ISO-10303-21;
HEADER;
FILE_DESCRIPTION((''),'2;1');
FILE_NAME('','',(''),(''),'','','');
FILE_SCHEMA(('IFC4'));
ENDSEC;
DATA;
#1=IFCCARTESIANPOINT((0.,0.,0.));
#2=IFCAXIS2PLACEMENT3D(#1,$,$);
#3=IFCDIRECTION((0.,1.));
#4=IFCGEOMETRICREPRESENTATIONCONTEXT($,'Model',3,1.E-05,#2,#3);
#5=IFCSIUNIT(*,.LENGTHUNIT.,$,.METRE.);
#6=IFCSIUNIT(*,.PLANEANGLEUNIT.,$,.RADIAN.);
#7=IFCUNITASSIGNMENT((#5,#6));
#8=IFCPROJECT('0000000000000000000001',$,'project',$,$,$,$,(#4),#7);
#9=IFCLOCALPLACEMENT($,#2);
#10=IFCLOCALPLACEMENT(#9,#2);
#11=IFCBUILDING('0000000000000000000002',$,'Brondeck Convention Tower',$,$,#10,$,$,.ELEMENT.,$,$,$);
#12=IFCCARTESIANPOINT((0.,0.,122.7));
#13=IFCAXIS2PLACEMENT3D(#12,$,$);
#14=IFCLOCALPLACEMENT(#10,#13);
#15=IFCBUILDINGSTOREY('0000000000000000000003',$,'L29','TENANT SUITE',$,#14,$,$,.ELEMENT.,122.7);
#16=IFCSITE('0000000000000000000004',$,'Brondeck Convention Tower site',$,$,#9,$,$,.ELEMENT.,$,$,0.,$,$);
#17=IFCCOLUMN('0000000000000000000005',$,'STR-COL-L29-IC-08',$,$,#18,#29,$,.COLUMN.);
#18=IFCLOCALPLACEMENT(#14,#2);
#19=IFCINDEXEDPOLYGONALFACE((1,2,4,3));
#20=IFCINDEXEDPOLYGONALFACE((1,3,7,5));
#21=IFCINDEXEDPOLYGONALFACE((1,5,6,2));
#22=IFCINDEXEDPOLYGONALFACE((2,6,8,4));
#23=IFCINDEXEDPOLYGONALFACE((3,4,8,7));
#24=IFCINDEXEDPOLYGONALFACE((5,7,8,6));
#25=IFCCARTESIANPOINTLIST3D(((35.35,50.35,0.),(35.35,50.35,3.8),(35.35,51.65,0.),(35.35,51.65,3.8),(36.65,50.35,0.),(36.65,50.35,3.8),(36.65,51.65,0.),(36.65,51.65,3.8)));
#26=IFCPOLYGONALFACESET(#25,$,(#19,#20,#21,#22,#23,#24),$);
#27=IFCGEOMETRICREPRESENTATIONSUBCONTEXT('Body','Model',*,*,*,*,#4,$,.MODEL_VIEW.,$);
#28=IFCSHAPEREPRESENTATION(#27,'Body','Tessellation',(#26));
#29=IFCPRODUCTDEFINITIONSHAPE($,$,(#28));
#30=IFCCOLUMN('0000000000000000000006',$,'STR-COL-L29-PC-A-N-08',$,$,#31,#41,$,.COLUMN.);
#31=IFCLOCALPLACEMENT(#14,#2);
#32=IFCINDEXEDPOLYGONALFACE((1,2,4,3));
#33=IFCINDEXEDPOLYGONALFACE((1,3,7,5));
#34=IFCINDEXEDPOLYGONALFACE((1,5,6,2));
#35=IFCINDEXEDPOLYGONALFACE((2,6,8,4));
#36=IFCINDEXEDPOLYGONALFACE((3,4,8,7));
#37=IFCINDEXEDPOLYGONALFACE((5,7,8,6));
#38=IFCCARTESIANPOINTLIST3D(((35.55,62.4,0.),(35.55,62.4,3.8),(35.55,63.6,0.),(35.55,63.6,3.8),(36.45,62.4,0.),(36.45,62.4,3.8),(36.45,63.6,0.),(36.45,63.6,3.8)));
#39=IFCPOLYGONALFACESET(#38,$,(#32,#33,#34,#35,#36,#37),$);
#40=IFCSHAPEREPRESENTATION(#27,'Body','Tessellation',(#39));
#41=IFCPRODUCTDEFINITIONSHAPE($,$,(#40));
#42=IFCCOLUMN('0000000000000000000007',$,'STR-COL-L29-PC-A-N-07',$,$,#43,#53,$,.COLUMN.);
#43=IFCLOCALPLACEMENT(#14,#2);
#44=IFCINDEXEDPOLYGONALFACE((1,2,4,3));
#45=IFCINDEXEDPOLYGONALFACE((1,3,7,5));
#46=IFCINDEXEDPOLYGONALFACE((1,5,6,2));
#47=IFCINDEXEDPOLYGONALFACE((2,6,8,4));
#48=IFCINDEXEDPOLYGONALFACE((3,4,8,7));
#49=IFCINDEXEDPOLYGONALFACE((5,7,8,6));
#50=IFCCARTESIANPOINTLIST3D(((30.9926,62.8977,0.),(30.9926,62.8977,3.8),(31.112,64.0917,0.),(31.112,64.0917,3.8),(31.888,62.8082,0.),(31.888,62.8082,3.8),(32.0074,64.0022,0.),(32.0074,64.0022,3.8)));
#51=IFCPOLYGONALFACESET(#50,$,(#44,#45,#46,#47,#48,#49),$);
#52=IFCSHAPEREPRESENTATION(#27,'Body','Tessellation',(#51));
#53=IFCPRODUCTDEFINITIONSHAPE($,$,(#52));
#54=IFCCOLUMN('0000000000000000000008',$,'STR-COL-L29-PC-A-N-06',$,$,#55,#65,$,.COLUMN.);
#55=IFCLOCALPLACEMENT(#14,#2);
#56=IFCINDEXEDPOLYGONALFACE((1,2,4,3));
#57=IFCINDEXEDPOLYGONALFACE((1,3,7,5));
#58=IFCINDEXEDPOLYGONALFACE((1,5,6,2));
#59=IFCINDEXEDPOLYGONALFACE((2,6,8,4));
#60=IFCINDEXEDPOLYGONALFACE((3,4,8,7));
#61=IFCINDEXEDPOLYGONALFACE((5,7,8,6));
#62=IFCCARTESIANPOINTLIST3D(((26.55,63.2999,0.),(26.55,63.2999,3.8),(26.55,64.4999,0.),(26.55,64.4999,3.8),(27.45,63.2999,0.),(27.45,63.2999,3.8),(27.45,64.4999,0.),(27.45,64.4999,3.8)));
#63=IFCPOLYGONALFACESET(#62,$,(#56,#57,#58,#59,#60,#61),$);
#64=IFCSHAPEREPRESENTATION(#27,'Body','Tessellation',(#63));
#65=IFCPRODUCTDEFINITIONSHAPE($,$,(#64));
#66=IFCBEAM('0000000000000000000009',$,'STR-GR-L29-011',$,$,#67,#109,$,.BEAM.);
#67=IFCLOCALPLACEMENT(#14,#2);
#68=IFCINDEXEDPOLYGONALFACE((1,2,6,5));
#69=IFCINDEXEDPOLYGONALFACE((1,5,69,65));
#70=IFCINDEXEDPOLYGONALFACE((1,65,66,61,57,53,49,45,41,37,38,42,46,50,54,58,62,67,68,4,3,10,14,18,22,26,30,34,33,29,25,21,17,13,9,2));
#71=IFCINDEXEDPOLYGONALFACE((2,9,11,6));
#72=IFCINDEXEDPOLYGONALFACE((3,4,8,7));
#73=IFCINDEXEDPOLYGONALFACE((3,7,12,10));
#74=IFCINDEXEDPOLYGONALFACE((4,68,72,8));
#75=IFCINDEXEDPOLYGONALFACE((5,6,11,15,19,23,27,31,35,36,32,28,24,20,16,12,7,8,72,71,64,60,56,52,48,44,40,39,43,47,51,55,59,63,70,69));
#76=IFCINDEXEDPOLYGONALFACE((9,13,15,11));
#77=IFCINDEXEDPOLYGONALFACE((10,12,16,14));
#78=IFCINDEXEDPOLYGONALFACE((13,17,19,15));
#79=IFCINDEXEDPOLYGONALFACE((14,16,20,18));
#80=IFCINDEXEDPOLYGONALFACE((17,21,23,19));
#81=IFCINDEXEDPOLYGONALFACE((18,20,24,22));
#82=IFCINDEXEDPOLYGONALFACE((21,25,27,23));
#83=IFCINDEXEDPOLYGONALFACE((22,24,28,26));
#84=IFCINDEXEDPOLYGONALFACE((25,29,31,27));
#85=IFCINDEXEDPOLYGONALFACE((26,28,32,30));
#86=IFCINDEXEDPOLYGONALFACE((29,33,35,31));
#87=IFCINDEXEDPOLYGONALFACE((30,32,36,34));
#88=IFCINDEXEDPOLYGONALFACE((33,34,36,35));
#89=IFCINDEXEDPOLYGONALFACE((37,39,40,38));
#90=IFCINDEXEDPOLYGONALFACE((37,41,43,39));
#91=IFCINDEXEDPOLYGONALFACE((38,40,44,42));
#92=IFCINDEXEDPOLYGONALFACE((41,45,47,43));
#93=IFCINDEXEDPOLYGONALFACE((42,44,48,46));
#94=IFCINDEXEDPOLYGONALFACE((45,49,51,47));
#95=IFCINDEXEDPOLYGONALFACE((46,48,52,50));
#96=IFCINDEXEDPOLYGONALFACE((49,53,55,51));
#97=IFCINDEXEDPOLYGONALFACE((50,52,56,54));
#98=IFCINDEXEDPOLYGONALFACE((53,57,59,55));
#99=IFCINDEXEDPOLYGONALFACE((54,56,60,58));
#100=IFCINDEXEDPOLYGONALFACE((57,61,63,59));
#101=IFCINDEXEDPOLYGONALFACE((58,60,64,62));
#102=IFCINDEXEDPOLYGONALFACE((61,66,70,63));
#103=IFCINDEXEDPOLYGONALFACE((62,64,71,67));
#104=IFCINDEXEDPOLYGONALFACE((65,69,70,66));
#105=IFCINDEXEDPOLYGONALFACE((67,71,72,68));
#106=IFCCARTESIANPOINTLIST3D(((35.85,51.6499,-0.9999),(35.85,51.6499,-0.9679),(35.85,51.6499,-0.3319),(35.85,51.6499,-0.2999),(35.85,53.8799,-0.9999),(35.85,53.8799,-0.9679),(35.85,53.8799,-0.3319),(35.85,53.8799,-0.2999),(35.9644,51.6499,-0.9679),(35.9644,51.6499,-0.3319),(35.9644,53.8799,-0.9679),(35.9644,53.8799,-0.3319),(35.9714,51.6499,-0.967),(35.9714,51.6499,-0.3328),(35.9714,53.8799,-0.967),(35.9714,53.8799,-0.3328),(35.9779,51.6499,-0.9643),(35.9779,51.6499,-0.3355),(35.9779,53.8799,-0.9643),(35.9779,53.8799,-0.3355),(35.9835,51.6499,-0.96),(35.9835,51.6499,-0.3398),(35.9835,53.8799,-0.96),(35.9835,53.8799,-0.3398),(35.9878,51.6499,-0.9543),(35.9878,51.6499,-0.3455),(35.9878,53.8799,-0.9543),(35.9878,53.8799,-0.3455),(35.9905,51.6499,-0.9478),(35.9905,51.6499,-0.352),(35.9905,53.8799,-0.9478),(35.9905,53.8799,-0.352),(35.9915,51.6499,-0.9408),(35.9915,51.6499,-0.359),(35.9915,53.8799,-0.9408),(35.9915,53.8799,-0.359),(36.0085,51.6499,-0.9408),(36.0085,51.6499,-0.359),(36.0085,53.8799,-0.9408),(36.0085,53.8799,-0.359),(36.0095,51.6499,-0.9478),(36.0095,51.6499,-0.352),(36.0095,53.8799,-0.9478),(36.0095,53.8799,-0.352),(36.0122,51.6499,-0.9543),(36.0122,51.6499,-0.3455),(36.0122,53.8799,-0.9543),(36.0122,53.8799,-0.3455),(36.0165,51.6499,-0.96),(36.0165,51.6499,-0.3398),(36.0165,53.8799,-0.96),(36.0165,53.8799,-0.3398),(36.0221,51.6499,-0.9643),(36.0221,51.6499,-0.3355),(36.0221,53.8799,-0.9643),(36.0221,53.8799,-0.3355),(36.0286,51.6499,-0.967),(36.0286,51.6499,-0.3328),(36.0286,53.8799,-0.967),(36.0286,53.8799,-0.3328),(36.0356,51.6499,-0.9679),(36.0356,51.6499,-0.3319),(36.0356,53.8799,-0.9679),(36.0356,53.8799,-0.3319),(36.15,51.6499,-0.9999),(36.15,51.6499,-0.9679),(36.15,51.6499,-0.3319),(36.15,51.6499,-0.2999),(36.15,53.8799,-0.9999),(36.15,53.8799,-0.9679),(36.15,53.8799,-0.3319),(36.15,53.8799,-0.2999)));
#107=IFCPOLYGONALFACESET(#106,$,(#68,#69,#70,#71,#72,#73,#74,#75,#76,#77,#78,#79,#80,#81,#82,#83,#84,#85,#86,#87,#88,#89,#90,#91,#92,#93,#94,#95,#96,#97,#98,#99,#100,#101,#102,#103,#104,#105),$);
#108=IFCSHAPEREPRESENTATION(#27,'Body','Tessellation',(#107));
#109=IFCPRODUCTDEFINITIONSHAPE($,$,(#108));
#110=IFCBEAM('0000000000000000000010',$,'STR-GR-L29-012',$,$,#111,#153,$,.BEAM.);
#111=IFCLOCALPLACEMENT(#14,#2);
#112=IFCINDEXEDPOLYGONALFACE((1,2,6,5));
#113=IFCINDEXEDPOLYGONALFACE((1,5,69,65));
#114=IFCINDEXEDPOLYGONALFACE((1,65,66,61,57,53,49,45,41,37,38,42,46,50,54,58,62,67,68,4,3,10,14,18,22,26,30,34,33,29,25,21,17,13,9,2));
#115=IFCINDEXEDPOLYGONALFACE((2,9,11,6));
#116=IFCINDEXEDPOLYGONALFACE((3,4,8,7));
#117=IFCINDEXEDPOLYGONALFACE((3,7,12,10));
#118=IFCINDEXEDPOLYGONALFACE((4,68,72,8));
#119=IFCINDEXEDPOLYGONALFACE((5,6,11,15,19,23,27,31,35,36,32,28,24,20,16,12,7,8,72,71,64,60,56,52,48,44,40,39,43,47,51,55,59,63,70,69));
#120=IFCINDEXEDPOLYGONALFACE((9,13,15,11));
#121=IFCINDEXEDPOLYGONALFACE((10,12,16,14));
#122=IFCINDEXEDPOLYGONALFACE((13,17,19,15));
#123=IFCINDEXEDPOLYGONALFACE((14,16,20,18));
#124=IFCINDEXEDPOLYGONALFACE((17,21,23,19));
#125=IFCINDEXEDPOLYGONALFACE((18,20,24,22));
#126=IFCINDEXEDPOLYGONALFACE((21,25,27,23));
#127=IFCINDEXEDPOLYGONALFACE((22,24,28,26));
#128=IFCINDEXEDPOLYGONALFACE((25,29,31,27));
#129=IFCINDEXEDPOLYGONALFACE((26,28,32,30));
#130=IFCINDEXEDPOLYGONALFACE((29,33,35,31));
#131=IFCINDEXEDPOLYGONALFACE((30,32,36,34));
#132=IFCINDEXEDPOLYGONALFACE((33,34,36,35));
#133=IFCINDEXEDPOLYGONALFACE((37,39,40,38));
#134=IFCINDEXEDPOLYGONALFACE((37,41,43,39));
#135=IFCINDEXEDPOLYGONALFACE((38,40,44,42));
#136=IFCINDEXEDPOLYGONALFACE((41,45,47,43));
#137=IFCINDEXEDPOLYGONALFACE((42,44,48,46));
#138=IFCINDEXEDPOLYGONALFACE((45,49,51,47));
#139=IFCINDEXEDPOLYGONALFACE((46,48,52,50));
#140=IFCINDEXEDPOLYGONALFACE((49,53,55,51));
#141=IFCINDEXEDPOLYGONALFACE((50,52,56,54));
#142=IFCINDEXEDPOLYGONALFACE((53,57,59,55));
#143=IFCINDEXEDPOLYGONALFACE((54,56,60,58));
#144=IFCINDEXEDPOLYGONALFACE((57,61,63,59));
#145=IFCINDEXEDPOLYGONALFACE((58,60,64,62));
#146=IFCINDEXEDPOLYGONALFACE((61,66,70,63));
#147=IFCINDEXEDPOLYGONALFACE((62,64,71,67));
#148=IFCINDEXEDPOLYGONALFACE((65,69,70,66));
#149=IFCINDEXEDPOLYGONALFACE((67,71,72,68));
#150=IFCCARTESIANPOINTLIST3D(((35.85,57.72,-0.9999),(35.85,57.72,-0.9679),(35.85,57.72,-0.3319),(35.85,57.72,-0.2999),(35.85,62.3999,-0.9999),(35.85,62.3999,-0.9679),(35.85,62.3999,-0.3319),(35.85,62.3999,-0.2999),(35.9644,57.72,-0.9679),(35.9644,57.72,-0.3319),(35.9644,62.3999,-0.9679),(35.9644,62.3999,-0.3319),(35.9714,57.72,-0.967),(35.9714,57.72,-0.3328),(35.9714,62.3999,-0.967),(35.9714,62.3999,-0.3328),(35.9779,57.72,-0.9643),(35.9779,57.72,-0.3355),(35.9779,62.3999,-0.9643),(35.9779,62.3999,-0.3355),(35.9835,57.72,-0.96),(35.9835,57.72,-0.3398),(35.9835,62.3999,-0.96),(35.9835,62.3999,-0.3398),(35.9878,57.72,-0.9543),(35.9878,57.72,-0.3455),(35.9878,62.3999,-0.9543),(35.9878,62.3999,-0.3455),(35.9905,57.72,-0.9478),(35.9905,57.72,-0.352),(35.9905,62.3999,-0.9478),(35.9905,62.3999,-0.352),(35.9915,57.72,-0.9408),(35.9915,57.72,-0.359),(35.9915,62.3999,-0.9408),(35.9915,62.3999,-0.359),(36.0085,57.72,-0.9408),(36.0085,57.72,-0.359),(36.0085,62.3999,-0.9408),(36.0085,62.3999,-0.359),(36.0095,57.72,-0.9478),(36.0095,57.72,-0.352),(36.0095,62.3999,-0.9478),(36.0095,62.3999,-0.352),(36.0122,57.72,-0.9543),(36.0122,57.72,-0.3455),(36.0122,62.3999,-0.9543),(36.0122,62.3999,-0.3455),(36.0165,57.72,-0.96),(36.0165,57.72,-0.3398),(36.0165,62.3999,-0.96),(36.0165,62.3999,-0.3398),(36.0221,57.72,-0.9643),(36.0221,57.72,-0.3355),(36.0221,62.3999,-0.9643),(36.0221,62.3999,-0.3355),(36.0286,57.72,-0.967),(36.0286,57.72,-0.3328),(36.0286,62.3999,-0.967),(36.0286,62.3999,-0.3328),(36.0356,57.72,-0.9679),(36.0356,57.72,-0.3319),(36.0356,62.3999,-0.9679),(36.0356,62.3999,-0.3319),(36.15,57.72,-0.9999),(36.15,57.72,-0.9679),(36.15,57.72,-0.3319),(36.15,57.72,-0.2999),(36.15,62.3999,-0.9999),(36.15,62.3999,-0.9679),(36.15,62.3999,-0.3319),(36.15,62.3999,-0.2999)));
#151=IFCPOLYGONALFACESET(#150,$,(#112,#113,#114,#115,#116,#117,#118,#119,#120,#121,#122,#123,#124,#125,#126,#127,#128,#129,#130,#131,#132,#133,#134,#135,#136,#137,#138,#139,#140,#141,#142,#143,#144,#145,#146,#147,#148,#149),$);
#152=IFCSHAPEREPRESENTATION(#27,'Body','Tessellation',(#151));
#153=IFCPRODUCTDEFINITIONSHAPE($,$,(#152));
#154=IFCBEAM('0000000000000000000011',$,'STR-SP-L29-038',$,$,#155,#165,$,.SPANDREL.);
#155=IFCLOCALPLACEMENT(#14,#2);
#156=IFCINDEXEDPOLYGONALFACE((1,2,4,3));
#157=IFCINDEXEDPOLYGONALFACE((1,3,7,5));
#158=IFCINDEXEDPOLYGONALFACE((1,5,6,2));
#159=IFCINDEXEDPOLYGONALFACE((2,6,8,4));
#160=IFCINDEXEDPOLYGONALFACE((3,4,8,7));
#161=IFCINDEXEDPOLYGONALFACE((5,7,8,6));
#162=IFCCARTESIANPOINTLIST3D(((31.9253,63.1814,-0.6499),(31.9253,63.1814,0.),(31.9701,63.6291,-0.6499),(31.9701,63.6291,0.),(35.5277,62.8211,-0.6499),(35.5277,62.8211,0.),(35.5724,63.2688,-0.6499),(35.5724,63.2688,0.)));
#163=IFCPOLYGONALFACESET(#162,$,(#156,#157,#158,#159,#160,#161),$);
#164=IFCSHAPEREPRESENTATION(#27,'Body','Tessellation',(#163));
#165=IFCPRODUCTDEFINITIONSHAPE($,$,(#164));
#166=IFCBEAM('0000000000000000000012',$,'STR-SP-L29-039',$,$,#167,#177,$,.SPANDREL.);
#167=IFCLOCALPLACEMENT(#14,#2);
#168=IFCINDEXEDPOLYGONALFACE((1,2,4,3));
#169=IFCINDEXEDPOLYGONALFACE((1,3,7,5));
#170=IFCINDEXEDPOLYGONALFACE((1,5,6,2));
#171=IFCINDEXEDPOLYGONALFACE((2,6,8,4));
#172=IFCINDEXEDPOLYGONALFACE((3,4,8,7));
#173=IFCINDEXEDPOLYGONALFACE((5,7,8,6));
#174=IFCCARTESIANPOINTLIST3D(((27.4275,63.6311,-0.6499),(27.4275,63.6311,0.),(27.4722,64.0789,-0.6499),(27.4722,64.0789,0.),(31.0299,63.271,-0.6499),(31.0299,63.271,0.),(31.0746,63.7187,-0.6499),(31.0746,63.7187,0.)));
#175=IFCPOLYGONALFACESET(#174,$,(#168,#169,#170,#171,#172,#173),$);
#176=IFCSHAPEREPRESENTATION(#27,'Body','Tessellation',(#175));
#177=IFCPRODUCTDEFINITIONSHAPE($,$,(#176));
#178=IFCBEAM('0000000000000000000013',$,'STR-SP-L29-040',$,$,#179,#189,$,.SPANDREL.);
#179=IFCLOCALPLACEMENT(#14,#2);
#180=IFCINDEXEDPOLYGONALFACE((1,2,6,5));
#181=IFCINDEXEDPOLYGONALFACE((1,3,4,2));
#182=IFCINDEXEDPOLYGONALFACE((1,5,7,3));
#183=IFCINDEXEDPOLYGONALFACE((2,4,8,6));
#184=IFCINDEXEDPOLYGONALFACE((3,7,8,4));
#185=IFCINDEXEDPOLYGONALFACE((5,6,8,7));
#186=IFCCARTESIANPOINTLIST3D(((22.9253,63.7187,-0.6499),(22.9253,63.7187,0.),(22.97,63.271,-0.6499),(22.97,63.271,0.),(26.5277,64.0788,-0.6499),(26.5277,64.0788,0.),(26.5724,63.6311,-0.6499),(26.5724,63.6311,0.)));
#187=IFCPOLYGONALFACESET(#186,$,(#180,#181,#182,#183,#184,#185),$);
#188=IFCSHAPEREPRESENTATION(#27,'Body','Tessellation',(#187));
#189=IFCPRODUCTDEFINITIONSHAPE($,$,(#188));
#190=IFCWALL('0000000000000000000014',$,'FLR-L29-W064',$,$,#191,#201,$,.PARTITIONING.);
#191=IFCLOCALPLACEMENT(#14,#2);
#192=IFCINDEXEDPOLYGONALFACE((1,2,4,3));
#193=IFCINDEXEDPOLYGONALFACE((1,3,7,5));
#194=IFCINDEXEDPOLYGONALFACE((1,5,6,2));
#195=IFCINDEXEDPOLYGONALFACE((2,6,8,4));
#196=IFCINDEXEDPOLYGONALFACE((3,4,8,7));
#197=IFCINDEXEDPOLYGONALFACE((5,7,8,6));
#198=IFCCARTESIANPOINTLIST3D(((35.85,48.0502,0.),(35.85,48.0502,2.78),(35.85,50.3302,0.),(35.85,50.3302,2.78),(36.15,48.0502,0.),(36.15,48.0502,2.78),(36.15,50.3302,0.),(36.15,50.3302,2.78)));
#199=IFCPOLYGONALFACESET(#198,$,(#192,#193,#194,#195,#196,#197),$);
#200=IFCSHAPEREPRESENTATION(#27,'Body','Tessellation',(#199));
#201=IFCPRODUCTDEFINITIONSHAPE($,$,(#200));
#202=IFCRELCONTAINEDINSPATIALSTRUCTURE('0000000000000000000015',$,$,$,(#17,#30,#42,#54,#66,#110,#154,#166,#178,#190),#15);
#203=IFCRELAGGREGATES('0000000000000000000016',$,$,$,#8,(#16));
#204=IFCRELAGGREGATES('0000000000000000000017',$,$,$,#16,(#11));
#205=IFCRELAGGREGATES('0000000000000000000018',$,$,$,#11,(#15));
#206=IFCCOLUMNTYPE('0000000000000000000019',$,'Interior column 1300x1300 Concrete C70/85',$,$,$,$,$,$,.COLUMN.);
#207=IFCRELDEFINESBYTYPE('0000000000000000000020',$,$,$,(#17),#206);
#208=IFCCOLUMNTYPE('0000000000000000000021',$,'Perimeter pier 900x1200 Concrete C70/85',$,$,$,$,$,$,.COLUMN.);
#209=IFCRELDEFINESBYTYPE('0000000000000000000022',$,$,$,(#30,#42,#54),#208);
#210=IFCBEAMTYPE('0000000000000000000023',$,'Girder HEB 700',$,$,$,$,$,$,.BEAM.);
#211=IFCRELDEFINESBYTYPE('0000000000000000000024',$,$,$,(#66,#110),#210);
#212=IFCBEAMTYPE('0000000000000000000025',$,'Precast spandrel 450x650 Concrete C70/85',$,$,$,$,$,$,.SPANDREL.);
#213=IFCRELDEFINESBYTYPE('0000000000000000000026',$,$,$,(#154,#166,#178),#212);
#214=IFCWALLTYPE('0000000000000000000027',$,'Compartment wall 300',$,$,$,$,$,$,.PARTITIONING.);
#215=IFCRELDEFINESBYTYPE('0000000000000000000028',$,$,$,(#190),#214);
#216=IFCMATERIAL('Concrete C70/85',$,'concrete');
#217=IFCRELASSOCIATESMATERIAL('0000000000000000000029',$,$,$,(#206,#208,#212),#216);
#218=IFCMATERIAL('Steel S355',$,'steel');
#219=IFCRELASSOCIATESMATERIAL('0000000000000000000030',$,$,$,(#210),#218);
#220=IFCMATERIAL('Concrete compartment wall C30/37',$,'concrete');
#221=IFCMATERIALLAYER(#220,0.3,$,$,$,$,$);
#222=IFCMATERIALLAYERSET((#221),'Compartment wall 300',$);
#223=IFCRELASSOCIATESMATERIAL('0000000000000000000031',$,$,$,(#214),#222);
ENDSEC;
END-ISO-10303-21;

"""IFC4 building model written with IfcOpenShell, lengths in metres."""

from ifc_helpers import new_model, si_unit, direction, frame, frame_2d, origin, origin_2d, place, context, subcontext, project, spatial, rectangle, i_section, extrude, material, layer, layer_set, material_profile, profile_set, type_object, element, save


model = new_model("IFC4")

# Units and contexts
model_context = context("Model", 3, precision=1e-05, world=origin(), true_north=direction((0.0, 1.0)))
body_context = subcontext(model_context, "Body", "Model", "MODEL_VIEW")
ifc_project = project(units=[si_unit("LENGTHUNIT", "METRE"), si_unit("PLANEANGLEUNIT", "RADIAN")], contexts=[model_context])

# Site, building, storey
site_placement = place(None, origin())
site = spatial("IfcSite", under=ifc_project, at=site_placement, Name="Brondeck Convention Tower site", CompositionType="ELEMENT", RefElevation=0.0)
building_placement = place(site_placement, origin())
building = spatial("IfcBuilding", under=site, at=building_placement, Name="Brondeck Convention Tower", CompositionType="ELEMENT")
storey_placement = place(building_placement, frame((0.0, 0.0, 122.7)))
storey = spatial("IfcBuildingStorey", under=building, at=storey_placement, Name="L29", Description="TENANT SUITE", CompositionType="ELEMENT", Elevation=122.7)

# Columns
ifc_material_1 = material(Name="Concrete C70/85", Category="concrete")
ifc_material_profile_1 = material_profile(ifc_material_1, rectangle(XDim=1.3, YDim=1.3, at=origin_2d()), Name="Interior column 1300x1300 Concrete C70/85")
ifc_profile_set_1 = profile_set([ifc_material_profile_1], Name="Concrete C70/85")
column_type_1 = type_object("IfcColumnType", Name="Interior column 1300x1300 Concrete C70/85", PredefinedType="COLUMN", material=ifc_profile_set_1)
column_placement = place(storey_placement, frame((36.0, 51.0, 0.0), z_axis=(0.0, 0.0, 1.0), x_axis=(1.0, 0.0, 0.0)))
element("IfcColumn", 1, at=column_placement, inside=storey, type_object=column_type_1, Name="STR-COL-L29-IC-08", PredefinedType="COLUMN", context=body_context, shape_type="SweptSolid", body=[
    extrude(rectangle(XDim=1.3, YDim=1.3, at=origin_2d()), origin(), (0.0, 0.0, 1.0), 3.8),
])
ifc_material_profile_2 = material_profile(ifc_material_1, rectangle(XDim=0.8999, YDim=1.2, at=origin_2d()), Name="Perimeter pier 900x1200 Concrete C70/85")
ifc_profile_set_2 = profile_set([ifc_material_profile_2], Name="Concrete C70/85")
column_type_2 = type_object("IfcColumnType", Name="Perimeter pier 900x1200 Concrete C70/85", PredefinedType="COLUMN", material=ifc_profile_set_2)
for number, where, z_axis, x_axis, name in (
    (2, (36.0, 63.0, 0.0), (0.0, 0.0, 1.0), (-1.0, 0.0, 0.0), "STR-COL-L29-PC-A-N-08"),
    (3, (31.5, 63.45, 0.0), (0.0, 0.0, 1.0), (-0.995037, 0.099504, 0.0), "STR-COL-L29-PC-A-N-07"),
    (4, (27.0, 63.8999, 0.0), (0.0, 0.0, 1.0), (-1.0, 0.0, 0.0), "STR-COL-L29-PC-A-N-06"),
):
    element("IfcColumn", number, at=place(storey_placement, frame(where, z_axis=z_axis, x_axis=x_axis)), inside=storey, type_object=column_type_2, Name=name, PredefinedType="COLUMN", context=body_context, shape_type="SweptSolid", body=[
        extrude(rectangle(XDim=0.8999, YDim=1.2, at=origin_2d()), origin(), (0.0, 0.0, 1.0), 3.8),
    ])

# Beams
ifc_material_2 = material(Name="Steel S355", Category="steel")
ifc_material_profile_3 = material_profile(ifc_material_2, i_section(OverallWidth=0.3, OverallDepth=0.7, WebThickness=0.0171, FlangeThickness=0.032, FilletRadius=0.0271, at=origin_2d()), Name="HEB 700")
ifc_profile_set_3 = profile_set([ifc_material_profile_3], Name="Steel S355")
beam_type_1 = type_object("IfcBeamType", Name="Girder HEB 700", PredefinedType="BEAM", material=ifc_profile_set_3)
beam_1_placement = place(storey_placement, frame((36.0, 51.6499, -0.6499), z_axis=(0.0, 1.0, 0.0), x_axis=(-1.0, 0.0, 0.0)))
element("IfcBeam", 5, at=beam_1_placement, inside=storey, type_object=beam_type_1, Name="STR-GR-L29-011", PredefinedType="BEAM", context=body_context, shape_type="SweptSolid", body=[
    extrude(i_section(OverallWidth=0.3, OverallDepth=0.7, WebThickness=0.0171, FlangeThickness=0.032, FilletRadius=0.0271, at=origin_2d()), origin(), (0.0, 0.0, 1.0), 2.23),
])
beam_2_placement = place(storey_placement, frame((36.0, 57.72, -0.6499), z_axis=(0.0, 1.0, 0.0), x_axis=(-1.0, 0.0, 0.0)))
element("IfcBeam", 6, at=beam_2_placement, inside=storey, type_object=beam_type_1, Name="STR-GR-L29-012", PredefinedType="BEAM", context=body_context, shape_type="SweptSolid", body=[
    extrude(i_section(OverallWidth=0.3, OverallDepth=0.7, WebThickness=0.0171, FlangeThickness=0.032, FilletRadius=0.0271, at=origin_2d()), origin(), (0.0, 0.0, 1.0), 4.6799),
])
ifc_material_profile_4 = material_profile(ifc_material_1, rectangle(XDim=0.45, YDim=0.6499, at=origin_2d()), Name="Precast spandrel 450x650 Concrete C70/85")
ifc_profile_set_4 = profile_set([ifc_material_profile_4], Name="Concrete C70/85")
beam_type_2 = type_object("IfcBeamType", Name="Precast spandrel 450x650 Concrete C70/85", PredefinedType="SPANDREL", material=ifc_profile_set_4)
for number, where, z_axis, x_axis, name in (
    (7, (35.55, 63.0449, -0.325), (-0.995034, 0.099537, 0.0), (-0.099537, -0.995034, 0.0), "STR-SP-L29-038"),
    (8, (31.0522, 63.4949, -0.325), (-0.995041, 0.09947, 0.0), (-0.09947, -0.995041, 0.0), "STR-SP-L29-039"),
    (9, (26.55, 63.855, -0.325), (-0.995041, -0.09947, 0.0), (0.09947, -0.995041, 0.0), "STR-SP-L29-040"),
):
    element("IfcBeam", number, at=place(storey_placement, frame(where, z_axis=z_axis, x_axis=x_axis)), inside=storey, type_object=beam_type_2, Name=name, PredefinedType="SPANDREL", context=body_context, shape_type="SweptSolid", body=[
        extrude(rectangle(XDim=0.45, YDim=0.6499, at=origin_2d()), origin(), (0.0, 0.0, 1.0), 3.6204),
    ])

# Wall
ifc_material_3 = material(Name="Concrete compartment wall C30/37", Category="concrete")
ifc_layer_1 = layer(ifc_material_3, 0.3)
ifc_layer_set_1 = layer_set([ifc_layer_1], Name="Compartment wall 300")
wall_type_1 = type_object("IfcWallType", Name="Compartment wall 300", PredefinedType="PARTITIONING", material=ifc_layer_set_1)
wall_1_placement = place(storey_placement, frame((36.0, 48.05, 0.0), z_axis=(0.0, 0.0, 1.0), x_axis=(0.0, 1.0, 0.0)))
element("IfcWall", 10, at=wall_1_placement, inside=storey, type_object=wall_type_1, Name="FLR-L29-W064", PredefinedType="PARTITIONING", context=body_context, shape_type="SweptSolid", body=[
    extrude(rectangle(XDim=2.28, YDim=0.3, at=frame_2d((1.1401, 0.0))), origin(), (0.0, 0.0, 1.0), 2.78),
])

save(model, "model.ifc")
